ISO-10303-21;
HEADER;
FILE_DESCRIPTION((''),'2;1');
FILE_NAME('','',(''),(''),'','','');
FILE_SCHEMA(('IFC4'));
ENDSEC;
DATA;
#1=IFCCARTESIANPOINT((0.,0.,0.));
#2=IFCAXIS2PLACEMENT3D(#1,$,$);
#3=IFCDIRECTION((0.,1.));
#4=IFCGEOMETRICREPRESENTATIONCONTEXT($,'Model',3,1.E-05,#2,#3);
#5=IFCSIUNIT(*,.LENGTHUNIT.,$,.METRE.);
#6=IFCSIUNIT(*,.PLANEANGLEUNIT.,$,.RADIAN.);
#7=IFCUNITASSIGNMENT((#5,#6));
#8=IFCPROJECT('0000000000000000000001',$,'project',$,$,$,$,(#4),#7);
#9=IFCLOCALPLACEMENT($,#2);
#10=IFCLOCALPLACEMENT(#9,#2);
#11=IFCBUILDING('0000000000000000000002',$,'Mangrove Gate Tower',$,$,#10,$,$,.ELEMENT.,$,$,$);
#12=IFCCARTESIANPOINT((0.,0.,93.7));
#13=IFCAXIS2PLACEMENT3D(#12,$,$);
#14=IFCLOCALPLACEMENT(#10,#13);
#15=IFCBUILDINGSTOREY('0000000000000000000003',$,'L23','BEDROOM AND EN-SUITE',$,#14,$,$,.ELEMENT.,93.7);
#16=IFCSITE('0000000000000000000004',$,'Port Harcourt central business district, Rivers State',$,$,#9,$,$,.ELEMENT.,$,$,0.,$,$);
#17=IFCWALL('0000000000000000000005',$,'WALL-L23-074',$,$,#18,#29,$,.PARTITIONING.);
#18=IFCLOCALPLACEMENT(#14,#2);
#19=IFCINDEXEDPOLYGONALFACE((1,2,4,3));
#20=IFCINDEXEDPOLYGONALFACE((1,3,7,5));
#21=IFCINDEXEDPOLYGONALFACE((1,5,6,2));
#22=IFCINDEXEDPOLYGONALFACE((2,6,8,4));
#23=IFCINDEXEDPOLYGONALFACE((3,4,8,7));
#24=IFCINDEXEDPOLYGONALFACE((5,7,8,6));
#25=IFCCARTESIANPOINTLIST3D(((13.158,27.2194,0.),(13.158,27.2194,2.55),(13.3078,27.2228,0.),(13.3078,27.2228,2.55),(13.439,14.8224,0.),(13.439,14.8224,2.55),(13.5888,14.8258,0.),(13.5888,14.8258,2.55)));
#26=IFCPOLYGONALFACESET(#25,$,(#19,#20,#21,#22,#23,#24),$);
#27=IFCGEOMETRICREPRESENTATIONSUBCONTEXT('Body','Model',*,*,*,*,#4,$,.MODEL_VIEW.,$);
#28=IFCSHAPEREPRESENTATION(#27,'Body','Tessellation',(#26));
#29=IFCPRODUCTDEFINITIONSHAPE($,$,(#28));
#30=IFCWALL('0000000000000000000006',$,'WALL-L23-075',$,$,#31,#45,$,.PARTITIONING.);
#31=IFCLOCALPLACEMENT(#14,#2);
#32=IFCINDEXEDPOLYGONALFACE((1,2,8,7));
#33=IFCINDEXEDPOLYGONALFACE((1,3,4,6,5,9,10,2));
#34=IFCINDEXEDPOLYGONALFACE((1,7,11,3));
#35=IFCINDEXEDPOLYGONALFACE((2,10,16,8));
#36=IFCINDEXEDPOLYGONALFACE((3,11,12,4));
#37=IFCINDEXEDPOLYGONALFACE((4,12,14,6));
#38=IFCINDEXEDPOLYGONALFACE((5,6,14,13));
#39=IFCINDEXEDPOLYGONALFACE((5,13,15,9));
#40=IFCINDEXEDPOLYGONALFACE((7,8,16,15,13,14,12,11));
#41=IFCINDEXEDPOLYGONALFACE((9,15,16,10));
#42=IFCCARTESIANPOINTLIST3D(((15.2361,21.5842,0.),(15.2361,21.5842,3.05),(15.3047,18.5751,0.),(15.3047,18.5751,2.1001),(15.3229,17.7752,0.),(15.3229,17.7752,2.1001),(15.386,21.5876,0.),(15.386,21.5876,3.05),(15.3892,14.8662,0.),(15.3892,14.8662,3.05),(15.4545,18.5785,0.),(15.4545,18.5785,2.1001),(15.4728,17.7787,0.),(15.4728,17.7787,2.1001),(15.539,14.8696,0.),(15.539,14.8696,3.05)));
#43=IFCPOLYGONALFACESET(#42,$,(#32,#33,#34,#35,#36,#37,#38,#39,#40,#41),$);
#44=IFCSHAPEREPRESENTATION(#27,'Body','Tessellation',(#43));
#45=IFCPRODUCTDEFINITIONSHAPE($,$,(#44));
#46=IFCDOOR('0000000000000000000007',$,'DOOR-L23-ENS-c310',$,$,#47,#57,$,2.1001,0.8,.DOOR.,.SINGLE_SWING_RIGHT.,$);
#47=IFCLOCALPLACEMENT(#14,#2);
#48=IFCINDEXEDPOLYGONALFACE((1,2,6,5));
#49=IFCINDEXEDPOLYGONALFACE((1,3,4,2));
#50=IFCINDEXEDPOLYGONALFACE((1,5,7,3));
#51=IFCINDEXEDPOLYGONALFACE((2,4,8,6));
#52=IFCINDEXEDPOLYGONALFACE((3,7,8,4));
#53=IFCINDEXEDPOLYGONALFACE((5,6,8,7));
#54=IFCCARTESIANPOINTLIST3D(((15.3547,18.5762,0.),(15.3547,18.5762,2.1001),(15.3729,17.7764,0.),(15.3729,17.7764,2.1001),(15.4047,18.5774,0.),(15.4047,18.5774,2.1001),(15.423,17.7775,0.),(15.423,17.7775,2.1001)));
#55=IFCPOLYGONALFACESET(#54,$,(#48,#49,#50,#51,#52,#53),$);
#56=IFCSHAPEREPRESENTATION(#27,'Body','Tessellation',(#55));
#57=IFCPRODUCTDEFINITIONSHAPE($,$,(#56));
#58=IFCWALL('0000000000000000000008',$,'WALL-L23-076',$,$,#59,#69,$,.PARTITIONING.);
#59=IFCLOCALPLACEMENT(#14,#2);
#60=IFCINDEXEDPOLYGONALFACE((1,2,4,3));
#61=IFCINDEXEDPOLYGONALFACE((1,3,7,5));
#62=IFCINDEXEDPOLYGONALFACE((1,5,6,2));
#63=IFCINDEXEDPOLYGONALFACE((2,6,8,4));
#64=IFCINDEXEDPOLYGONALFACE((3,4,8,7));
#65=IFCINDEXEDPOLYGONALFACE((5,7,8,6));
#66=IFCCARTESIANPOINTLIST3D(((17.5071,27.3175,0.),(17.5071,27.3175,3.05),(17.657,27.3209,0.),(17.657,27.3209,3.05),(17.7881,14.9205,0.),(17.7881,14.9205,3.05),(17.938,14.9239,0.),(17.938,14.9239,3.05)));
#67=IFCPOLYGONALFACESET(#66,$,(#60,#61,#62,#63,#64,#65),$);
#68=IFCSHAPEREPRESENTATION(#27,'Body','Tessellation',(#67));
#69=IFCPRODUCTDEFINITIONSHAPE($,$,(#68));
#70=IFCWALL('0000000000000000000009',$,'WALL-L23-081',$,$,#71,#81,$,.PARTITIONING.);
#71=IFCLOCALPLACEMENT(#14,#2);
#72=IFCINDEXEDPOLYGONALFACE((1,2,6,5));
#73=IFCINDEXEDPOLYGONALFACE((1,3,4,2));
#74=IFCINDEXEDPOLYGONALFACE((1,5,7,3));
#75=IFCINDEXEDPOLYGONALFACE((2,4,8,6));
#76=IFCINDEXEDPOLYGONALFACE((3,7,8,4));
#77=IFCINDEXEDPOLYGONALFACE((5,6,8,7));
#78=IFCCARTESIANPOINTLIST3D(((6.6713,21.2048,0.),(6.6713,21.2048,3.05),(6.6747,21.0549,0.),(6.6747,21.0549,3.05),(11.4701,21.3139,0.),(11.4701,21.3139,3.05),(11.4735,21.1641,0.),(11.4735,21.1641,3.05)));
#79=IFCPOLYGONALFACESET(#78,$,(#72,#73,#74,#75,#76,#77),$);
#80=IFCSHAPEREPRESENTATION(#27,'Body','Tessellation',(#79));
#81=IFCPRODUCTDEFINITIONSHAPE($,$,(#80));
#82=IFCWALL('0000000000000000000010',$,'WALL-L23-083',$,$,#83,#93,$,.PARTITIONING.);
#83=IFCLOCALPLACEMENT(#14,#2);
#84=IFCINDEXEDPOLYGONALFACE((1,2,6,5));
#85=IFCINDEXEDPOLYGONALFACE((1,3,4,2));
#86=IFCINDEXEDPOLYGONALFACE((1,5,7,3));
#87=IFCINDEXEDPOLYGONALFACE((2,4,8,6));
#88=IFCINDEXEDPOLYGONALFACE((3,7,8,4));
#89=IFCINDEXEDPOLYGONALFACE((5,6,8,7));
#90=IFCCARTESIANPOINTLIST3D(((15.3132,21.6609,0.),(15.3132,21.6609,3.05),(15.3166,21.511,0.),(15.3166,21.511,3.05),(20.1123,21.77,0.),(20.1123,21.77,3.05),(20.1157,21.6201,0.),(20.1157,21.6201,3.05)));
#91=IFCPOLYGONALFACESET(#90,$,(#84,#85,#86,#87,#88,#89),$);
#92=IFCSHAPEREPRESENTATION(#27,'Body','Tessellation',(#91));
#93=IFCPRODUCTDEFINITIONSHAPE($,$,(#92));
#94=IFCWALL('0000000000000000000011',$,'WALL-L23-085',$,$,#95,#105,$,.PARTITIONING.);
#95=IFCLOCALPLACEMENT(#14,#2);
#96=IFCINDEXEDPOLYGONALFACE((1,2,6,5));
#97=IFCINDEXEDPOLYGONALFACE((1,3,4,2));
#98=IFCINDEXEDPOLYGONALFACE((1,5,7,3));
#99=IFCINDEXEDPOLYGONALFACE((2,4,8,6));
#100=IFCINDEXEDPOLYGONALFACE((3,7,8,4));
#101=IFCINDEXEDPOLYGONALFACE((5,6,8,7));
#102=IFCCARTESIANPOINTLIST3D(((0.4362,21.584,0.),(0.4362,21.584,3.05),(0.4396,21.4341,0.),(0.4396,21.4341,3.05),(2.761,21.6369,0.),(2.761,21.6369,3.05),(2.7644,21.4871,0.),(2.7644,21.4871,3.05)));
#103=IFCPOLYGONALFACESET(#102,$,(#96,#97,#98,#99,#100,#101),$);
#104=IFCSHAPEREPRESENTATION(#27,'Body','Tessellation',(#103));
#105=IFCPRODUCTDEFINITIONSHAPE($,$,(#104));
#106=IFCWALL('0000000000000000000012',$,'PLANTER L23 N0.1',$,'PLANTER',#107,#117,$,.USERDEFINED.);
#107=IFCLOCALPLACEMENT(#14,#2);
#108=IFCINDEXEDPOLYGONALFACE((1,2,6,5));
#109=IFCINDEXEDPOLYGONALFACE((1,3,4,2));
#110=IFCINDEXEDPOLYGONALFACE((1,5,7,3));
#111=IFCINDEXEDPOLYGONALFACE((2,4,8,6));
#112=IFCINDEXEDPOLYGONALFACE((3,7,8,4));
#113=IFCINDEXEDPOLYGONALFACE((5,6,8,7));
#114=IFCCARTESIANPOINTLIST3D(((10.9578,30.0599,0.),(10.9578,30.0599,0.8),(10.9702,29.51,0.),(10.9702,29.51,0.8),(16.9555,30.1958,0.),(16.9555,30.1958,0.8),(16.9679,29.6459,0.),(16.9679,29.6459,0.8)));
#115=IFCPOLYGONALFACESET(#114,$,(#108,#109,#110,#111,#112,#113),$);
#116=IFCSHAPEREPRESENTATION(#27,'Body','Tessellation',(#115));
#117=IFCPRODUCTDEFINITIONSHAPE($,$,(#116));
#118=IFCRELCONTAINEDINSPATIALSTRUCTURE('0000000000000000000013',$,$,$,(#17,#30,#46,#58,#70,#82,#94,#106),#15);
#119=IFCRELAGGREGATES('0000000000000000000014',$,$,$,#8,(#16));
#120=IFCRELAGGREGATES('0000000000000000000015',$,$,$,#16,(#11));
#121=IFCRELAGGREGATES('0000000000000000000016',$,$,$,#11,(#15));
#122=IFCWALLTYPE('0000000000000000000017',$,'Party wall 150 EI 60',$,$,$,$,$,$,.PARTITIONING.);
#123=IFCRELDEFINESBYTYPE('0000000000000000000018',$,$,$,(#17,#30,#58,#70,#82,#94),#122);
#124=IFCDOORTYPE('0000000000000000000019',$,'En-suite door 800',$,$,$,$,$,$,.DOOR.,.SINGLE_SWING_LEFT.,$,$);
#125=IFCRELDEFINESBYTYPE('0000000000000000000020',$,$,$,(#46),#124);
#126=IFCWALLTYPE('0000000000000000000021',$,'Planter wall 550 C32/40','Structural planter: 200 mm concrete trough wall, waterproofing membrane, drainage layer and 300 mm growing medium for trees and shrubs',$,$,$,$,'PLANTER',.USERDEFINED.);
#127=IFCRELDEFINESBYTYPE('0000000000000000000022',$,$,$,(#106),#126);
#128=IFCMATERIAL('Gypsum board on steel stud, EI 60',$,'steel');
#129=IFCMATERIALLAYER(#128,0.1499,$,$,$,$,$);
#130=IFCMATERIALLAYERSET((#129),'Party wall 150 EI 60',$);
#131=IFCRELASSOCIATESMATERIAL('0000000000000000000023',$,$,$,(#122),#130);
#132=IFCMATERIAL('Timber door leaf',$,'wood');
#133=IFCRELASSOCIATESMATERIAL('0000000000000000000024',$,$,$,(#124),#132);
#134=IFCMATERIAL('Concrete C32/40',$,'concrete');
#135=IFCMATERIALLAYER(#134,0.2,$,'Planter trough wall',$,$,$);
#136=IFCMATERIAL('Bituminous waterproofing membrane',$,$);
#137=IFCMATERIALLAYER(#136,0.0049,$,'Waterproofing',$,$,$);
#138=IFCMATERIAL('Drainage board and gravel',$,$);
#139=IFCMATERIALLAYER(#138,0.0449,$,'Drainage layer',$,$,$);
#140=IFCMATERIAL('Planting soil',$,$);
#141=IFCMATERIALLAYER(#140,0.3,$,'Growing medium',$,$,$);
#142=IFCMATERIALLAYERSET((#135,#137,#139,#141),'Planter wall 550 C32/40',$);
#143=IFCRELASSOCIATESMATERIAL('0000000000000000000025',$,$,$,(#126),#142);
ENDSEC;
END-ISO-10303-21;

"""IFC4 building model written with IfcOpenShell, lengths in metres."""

from ifc_helpers import new_model, si_unit, direction, frame, frame_2d, origin, place, context, subcontext, project, spatial, rectangle, extrude, material, layer, layer_set, type_object, element, fill, save


model = new_model("IFC4")

# Units and contexts
model_context = context("Model", 3, precision=1e-05, world=origin(), true_north=direction((0.0, 1.0)))
body_context = subcontext(model_context, "Body", "Model", "MODEL_VIEW")
ifc_project = project(units=[si_unit("LENGTHUNIT", "METRE"), si_unit("PLANEANGLEUNIT", "RADIAN")], contexts=[model_context])

# Site, building, storey
site_placement = place(None, origin())
site = spatial("IfcSite", under=ifc_project, at=site_placement, Name="Port Harcourt central business district, Rivers State", CompositionType="ELEMENT", RefElevation=0.0)
building_placement = place(site_placement, origin())
building = spatial("IfcBuilding", under=site, at=building_placement, Name="Mangrove Gate Tower", CompositionType="ELEMENT")
storey_placement = place(building_placement, frame((0.0, 0.0, 93.7)))
storey = spatial("IfcBuildingStorey", under=building, at=storey_placement, Name="L23", Description="BEDROOM AND EN-SUITE", CompositionType="ELEMENT", Elevation=93.7)

# Shared definitions
ifc_material_1 = material(Name="Gypsum board on steel stud, EI 60", Category="steel")
ifc_layer_1 = layer(ifc_material_1, 0.1499)
ifc_layer_set_1 = layer_set([ifc_layer_1], Name="Party wall 150 EI 60")
wall_type_1 = type_object("IfcWallType", Name="Party wall 150 EI 60", PredefinedType="PARTITIONING", material=ifc_layer_set_1)

# Shared definitions
ifc_material_2 = material(Name="Timber door leaf", Category="wood")
door_type = type_object("IfcDoorType", Name="En-suite door 800", OperationType="SINGLE_SWING_LEFT", PredefinedType="DOOR", material=ifc_material_2)

# Wall
wall_1_placement = place(storey_placement, frame((13.5139, 14.824, 0.0), z_axis=(0.0, 0.0, 1.0), x_axis=(-0.022661, 0.999743, 0.0)))
element("IfcWall", 1, at=wall_1_placement, inside=storey, type_object=wall_type_1, Name="WALL-L23-074", PredefinedType="PARTITIONING", context=body_context, shape_type="SweptSolid", body=[
    extrude(rectangle(XDim=12.4001, YDim=0.1499, at=frame_2d((6.2002, 0.0))), origin(), (0.0, 0.0, 1.0), 2.55),
])

# Wall, opening, door
wall_2_placement = place(storey_placement, frame((15.4641, 14.8679, 0.0), z_axis=(0.0, 0.0, 1.0), x_axis=(-0.02278, 0.999741, 0.0)))
wall_2 = element("IfcWall", 2, at=wall_2_placement, inside=storey, type_object=wall_type_1, Name="WALL-L23-075", PredefinedType="PARTITIONING", context=body_context, shape_type="SweptSolid", body=[
    extrude(rectangle(XDim=6.7197, YDim=0.1499, at=frame_2d((3.3599, 0.0))), origin(), (0.0, 0.0, 1.0), 3.05),
])
opening_1_placement = place(wall_2_placement, frame((2.9099, 0.0, 0.0)))
opening_1 = element("IfcOpeningElement", 3, at=opening_1_placement, cuts=wall_2, PredefinedType="OPENING", context=body_context, shape_type="SweptSolid", body=[
    extrude(rectangle(XDim=0.8, YDim=2.1001, at=frame_2d((0.3999, 1.05))), frame((0.0, 0.085, 0.0), z_axis=(0.0, -1.0, 0.0), x_axis=(1.0, 0.0, 0.0)), (0.0, 0.0, 1.0), 0.1699),
])
door_1_placement = place(opening_1_placement, origin())
door_1 = element("IfcDoor", 4, at=door_1_placement, inside=storey, type_object=door_type, Name="DOOR-L23-ENS-c310", OperationType="SINGLE_SWING_RIGHT", OverallHeight=2.1001, OverallWidth=0.8, PredefinedType="DOOR", context=body_context, shape_type="SweptSolid", body=[
    extrude(rectangle(XDim=0.8, YDim=2.1001, at=frame_2d((0.3999, 1.05))), frame((0.0, 0.0249, 0.0), z_axis=(0.0, -1.0, 0.0), x_axis=(1.0, 0.0, 0.0)), (0.0, 0.0, 1.0), 0.05),
])
fill(opening_1, door_1)

# Walls
wall_3_placement = place(storey_placement, frame((17.863, 14.9221, 0.0), z_axis=(0.0, 0.0, 1.0), x_axis=(-0.022661, 0.999743, 0.0)))
element("IfcWall", 5, at=wall_3_placement, inside=storey, type_object=wall_type_1, Name="WALL-L23-076", PredefinedType="PARTITIONING", context=body_context, shape_type="SweptSolid", body=[
    extrude(rectangle(XDim=12.4001, YDim=0.1499, at=frame_2d((6.2002, 0.0))), origin(), (0.0, 0.0, 1.0), 3.05),
])
wall_4_placement = place(storey_placement, frame((6.6731, 21.1299, 0.0), z_axis=(0.0, 0.0, 1.0), x_axis=(0.999742, 0.022735, 0.0)))
element("IfcWall", 6, at=wall_4_placement, inside=storey, type_object=wall_type_1, Name="WALL-L23-081", PredefinedType="PARTITIONING", context=body_context, shape_type="SweptSolid", body=[
    extrude(rectangle(XDim=4.8, YDim=0.1499, at=frame_2d((2.3999, 0.0))), origin(), (0.0, 0.0, 1.0), 3.05),
])
wall_5_placement = place(storey_placement, frame((15.3149, 21.5859, 0.0), z_axis=(0.0, 0.0, 1.0), x_axis=(0.999742, 0.022734, 0.0)))
element("IfcWall", 7, at=wall_5_placement, inside=storey, type_object=wall_type_1, Name="WALL-L23-083", PredefinedType="PARTITIONING", context=body_context, shape_type="SweptSolid", body=[
    extrude(rectangle(XDim=4.8003, YDim=0.1499, at=frame_2d((2.4001, 0.0))), origin(), (0.0, 0.0, 1.0), 3.05),
])
wall_6_placement = place(storey_placement, frame((0.438, 21.509, 0.0), z_axis=(0.0, 0.0, 1.0), x_axis=(0.99974, 0.022781, 0.0)))
element("IfcWall", 8, at=wall_6_placement, inside=storey, type_object=wall_type_1, Name="WALL-L23-085", PredefinedType="PARTITIONING", context=body_context, shape_type="SweptSolid", body=[
    extrude(rectangle(XDim=2.3254, YDim=0.1499, at=frame_2d((1.1626, 0.0))), origin(), (0.0, 0.0, 1.0), 3.05),
])
ifc_material_3 = material(Name="Concrete C32/40", Category="concrete")
ifc_layer_2 = layer(ifc_material_3, 0.2, Name="Planter trough wall")
ifc_material_4 = material(Name="Bituminous waterproofing membrane")
ifc_layer_3 = layer(ifc_material_4, 0.0049, Name="Waterproofing")
ifc_material_5 = material(Name="Drainage board and gravel")
ifc_layer_4 = layer(ifc_material_5, 0.0449, Name="Drainage layer")
ifc_material_6 = material(Name="Planting soil")
ifc_layer_5 = layer(ifc_material_6, 0.3, Name="Growing medium")
ifc_layer_set_2 = layer_set([ifc_layer_2, ifc_layer_3, ifc_layer_4, ifc_layer_5], Name="Planter wall 550 C32/40")
wall_type_2 = type_object("IfcWallType", Name="Planter wall 550 C32/40", Description="Structural planter: 200 mm concrete trough wall, waterproofing membrane, drainage layer and 300 mm growing medium for trees and shrubs", ElementType="PLANTER", PredefinedType="USERDEFINED", material=ifc_layer_set_2)
wall_7_placement = place(storey_placement, frame((10.9641, 29.7849, 0.0), z_axis=(0.0, 0.0, 1.0), x_axis=(0.999743, 0.022667, 0.0)))
element("IfcWall", 9, at=wall_7_placement, inside=storey, type_object=wall_type_2, Name="PLANTER L23 N0.1", ObjectType="PLANTER", PredefinedType="USERDEFINED", context=body_context, shape_type="SweptSolid", body=[
    extrude(rectangle(XDim=5.9993, YDim=0.55, at=frame_2d((2.9995, 0.0))), origin(), (0.0, 0.0, 1.0), 0.8),
])

save(model, "model.ifc")
